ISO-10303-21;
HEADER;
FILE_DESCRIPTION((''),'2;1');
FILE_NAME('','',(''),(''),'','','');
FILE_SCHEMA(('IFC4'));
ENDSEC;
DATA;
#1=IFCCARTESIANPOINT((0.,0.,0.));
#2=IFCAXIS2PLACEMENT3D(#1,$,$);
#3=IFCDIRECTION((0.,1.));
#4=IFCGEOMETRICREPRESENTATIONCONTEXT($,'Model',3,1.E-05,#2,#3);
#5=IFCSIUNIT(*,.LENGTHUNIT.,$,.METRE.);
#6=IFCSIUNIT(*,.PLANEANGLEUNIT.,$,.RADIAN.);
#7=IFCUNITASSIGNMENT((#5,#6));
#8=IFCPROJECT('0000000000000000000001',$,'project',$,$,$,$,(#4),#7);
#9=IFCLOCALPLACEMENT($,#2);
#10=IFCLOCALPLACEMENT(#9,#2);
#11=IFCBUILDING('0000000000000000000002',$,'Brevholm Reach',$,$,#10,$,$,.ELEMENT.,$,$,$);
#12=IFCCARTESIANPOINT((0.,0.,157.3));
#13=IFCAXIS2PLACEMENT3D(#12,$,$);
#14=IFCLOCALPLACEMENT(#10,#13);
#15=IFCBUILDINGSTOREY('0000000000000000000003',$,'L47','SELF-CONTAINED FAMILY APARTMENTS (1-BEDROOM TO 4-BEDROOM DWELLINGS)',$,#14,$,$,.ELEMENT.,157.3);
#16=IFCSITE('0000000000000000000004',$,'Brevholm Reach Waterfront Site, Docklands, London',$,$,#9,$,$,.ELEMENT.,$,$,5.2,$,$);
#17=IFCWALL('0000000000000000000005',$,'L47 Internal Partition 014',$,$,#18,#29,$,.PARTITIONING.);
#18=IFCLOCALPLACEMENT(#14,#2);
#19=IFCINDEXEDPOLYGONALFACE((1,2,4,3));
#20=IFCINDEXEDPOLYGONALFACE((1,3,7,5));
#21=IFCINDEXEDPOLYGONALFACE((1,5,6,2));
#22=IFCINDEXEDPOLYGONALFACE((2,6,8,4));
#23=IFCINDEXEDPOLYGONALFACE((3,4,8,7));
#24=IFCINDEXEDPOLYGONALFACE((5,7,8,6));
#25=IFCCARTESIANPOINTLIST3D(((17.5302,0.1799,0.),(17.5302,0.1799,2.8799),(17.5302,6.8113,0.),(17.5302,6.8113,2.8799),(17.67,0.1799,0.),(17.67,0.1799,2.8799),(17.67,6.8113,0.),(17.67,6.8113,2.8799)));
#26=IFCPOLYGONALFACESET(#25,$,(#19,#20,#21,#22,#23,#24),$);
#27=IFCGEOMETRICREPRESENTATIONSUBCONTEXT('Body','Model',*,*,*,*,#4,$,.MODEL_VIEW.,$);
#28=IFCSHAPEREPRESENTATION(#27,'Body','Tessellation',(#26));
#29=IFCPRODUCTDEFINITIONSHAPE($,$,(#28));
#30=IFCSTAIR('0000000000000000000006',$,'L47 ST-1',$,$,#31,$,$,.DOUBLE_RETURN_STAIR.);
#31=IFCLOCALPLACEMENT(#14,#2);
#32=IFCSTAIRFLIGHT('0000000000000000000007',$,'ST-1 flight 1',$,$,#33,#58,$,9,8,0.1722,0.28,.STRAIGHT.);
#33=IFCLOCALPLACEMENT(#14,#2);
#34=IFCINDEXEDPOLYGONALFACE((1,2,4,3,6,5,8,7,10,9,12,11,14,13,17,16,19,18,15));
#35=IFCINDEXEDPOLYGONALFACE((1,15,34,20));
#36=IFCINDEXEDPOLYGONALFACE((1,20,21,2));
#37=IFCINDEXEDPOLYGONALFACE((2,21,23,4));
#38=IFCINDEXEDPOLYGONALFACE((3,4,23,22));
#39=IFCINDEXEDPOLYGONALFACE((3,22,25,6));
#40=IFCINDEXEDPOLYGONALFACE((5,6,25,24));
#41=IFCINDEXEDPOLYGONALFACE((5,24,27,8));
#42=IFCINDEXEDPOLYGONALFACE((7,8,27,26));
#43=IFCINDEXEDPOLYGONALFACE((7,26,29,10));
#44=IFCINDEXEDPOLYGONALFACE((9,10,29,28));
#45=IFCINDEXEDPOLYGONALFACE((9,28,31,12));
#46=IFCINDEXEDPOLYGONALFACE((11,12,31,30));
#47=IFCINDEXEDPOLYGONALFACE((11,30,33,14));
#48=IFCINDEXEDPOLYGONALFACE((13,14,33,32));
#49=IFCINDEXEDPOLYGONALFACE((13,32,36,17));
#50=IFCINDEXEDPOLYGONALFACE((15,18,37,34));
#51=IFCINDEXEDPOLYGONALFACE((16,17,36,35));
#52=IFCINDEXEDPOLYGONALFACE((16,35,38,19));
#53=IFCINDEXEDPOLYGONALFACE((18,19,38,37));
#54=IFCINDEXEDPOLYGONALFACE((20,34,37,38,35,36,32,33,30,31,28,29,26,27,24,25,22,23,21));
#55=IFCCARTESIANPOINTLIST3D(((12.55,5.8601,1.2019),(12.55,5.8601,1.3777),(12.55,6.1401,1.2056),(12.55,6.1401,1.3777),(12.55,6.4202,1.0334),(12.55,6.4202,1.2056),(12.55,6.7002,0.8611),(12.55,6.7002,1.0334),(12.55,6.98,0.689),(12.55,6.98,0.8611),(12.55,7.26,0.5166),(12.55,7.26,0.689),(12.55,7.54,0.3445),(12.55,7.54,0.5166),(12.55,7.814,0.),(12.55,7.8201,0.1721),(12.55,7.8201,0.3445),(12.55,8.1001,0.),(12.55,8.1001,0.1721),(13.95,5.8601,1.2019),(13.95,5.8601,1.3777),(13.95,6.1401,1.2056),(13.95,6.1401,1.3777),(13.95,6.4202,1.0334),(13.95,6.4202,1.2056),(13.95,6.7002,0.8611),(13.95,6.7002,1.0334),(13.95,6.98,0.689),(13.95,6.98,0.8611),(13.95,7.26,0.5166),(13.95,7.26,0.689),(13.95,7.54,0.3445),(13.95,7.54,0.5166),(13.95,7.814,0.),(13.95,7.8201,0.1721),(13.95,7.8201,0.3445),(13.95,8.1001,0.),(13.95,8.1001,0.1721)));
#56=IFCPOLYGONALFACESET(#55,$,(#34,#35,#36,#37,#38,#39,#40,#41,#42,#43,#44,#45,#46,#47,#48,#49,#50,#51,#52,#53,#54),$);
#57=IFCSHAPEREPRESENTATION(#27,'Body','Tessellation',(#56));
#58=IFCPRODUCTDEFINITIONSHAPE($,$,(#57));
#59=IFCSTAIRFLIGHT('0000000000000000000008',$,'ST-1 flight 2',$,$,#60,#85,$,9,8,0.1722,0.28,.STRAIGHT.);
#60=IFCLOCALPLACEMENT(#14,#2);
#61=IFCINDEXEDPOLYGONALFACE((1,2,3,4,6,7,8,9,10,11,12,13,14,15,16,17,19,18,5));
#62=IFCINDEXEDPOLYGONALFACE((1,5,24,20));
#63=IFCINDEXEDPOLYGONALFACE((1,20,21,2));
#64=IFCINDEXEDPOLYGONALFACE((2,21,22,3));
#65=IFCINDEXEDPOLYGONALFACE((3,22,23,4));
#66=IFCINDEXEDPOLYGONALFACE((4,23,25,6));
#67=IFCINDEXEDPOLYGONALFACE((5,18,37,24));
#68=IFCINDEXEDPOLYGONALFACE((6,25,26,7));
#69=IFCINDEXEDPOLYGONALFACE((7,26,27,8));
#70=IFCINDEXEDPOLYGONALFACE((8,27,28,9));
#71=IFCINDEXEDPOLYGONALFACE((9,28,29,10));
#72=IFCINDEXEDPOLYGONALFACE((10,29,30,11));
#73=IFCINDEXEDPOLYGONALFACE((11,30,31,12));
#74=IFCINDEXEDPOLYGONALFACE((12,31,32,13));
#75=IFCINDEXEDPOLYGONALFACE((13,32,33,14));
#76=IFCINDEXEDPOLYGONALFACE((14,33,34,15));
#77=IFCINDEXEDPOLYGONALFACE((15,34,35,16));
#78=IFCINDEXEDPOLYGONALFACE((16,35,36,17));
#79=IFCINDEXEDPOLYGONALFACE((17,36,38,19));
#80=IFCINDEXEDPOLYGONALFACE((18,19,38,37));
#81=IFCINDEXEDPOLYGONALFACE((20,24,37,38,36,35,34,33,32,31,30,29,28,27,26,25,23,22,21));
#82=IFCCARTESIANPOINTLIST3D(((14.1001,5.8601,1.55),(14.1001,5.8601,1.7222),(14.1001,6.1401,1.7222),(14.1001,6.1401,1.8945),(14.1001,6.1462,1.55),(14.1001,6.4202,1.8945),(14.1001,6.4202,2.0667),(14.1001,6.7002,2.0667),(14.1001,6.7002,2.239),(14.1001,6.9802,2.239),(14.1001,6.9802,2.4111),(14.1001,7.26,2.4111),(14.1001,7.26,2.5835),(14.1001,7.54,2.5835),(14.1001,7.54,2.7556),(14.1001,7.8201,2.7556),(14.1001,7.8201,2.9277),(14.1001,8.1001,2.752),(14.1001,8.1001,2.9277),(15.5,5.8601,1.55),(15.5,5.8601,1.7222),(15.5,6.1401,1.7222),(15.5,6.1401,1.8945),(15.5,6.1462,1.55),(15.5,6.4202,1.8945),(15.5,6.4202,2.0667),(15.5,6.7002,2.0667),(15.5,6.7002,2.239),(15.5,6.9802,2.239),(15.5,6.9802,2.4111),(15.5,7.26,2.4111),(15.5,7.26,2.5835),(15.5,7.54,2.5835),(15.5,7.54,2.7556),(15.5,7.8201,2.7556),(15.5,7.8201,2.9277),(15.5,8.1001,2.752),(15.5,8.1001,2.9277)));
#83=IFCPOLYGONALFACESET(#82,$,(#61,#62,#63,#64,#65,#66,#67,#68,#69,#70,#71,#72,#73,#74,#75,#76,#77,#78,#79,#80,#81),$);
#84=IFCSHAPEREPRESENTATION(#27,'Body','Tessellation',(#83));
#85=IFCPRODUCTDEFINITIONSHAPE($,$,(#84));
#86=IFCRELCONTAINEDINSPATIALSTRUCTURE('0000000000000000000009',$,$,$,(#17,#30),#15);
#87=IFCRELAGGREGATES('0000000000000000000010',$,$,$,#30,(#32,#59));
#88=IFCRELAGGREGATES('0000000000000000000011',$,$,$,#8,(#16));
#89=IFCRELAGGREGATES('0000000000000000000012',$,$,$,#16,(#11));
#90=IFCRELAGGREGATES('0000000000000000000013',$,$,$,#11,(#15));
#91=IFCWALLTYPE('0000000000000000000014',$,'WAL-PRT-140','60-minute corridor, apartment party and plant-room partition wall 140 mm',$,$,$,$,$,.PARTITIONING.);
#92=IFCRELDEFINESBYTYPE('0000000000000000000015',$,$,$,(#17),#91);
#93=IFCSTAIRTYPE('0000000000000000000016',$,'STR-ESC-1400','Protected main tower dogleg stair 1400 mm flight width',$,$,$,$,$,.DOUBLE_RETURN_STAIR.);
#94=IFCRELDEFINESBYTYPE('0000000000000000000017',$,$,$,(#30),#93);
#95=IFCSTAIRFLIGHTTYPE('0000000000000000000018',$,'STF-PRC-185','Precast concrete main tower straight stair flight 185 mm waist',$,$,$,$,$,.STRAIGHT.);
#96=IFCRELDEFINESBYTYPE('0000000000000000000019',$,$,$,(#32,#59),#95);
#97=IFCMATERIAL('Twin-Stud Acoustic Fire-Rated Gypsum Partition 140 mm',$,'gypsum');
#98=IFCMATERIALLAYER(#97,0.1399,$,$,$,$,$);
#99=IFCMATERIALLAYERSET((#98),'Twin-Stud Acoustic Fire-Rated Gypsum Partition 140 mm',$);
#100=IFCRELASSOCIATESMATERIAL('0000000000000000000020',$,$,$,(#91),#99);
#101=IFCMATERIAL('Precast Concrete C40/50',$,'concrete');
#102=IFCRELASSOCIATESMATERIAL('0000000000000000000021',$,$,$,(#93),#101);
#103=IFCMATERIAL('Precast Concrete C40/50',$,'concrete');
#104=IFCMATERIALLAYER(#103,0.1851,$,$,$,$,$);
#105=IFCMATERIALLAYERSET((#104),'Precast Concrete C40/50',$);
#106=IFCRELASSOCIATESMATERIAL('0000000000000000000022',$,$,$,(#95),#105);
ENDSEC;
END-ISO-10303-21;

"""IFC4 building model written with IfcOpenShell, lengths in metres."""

from ifc_helpers import new_model, si_unit, direction, frame, frame_2d, origin, place, context, subcontext, project, spatial, polyline, rectangle, outline, extrude, material, layer, layer_set, type_object, element, aggregate, save


model = new_model("IFC4")

# Units and contexts
model_context = context("Model", 3, precision=1e-05, world=origin(), true_north=direction((0.0, 1.0)))
body_context = subcontext(model_context, "Body", "Model", "MODEL_VIEW")
ifc_project = project(units=[si_unit("LENGTHUNIT", "METRE"), si_unit("PLANEANGLEUNIT", "RADIAN")], contexts=[model_context])

# Site, building, storey
site_placement = place(None, origin())
site = spatial("IfcSite", under=ifc_project, at=site_placement, Name="Brevholm Reach Waterfront Site, Docklands, London", CompositionType="ELEMENT", RefElevation=5.2)
building_placement = place(site_placement, origin())
building = spatial("IfcBuilding", under=site, at=building_placement, Name="Brevholm Reach", CompositionType="ELEMENT")
storey_placement = place(building_placement, frame((0.0, 0.0, 157.3)))
storey = spatial("IfcBuildingStorey", under=building, at=storey_placement, Name="L47", Description="SELF-CONTAINED FAMILY APARTMENTS (1-BEDROOM TO 4-BEDROOM DWELLINGS)", CompositionType="ELEMENT", Elevation=157.3)

# Wall
ifc_material_1 = material(Name="Twin-Stud Acoustic Fire-Rated Gypsum Partition 140 mm", Category="gypsum")
ifc_layer_1 = layer(ifc_material_1, 0.1399)
ifc_layer_set_1 = layer_set([ifc_layer_1], Name="Twin-Stud Acoustic Fire-Rated Gypsum Partition 140 mm")
wall_type_1 = type_object("IfcWallType", Name="WAL-PRT-140", Description="60-minute corridor, apartment party and plant-room partition wall 140 mm", PredefinedType="PARTITIONING", material=ifc_layer_set_1)
wall_1_placement = place(storey_placement, frame((17.6001, 0.1799, 0.0), z_axis=(0.0, 0.0, 1.0), x_axis=(0.0, 1.0, 0.0)))
element("IfcWall", 1, at=wall_1_placement, inside=storey, type_object=wall_type_1, Name="L47 Internal Partition 014", PredefinedType="PARTITIONING", context=body_context, shape_type="SweptSolid", body=[
    extrude(rectangle(XDim=6.6313, YDim=0.1399, at=frame_2d((3.3157, 0.0))), origin(), (0.0, 0.0, 1.0), 2.8799),
])

# Stair, stair flights
ifc_material_2 = material(Name="Precast Concrete C40/50", Category="concrete")
stair_type = type_object("IfcStairType", Name="STR-ESC-1400", Description="Protected main tower dogleg stair 1400 mm flight width", PredefinedType="DOUBLE_RETURN_STAIR", material=ifc_material_2)
stair_placement = place(storey_placement, origin())
stair = element("IfcStair", 2, at=stair_placement, inside=storey, type_object=stair_type, Name="L47 ST-1", PredefinedType="DOUBLE_RETURN_STAIR")
ifc_material_3 = material(Name="Precast Concrete C40/50", Category="concrete")
ifc_layer_2 = layer(ifc_material_3, 0.1851)
ifc_layer_set_2 = layer_set([ifc_layer_2], Name="Precast Concrete C40/50")
stair_flight_type = type_object("IfcStairFlightType", Name="STF-PRC-185", Description="Precast concrete main tower straight stair flight 185 mm waist", PredefinedType="STRAIGHT", material=ifc_layer_set_2)
stair_flight_1_placement = place(storey_placement, frame((13.25, 8.1001, 0.0), z_axis=(0.0, 0.0, 1.0), x_axis=(0.0, -1.0, 0.0)))
stair_flight_1 = element("IfcStairFlight", 3, at=stair_flight_1_placement, type_object=stair_flight_type, Name="ST-1 flight 1", NumberOfRisers=9, NumberOfTreads=8, PredefinedType="STRAIGHT", RiserHeight=0.1722, TreadLength=0.28, context=body_context, shape_type="SweptSolid", body=[
    extrude(outline(polyline([(0.0, 0.0), (0.0, 0.1721), (0.28, 0.1721), (0.28, 0.3445), (0.5601, 0.3445), (0.5601, 0.5166), (0.8401, 0.5166), (0.8401, 0.689), (1.1201, 0.689), (1.1201, 0.8611), (1.3999, 0.8611), (1.3999, 1.0334), (1.6799, 1.0334), (1.6799, 1.2056), (1.96, 1.2056), (1.96, 1.3777), (2.24, 1.3777), (2.24, 1.55), (2.24, 1.2019), (0.2861, 0.0), (0.0, 0.0)])), frame((0.0, 0.7, 0.0), z_axis=(0.0, -1.0, 0.0), x_axis=(1.0, 0.0, 0.0)), (0.0, 0.0, 1.0), 1.3999),
])
stair_flight_2_placement = place(storey_placement, frame((14.8, 5.8601, 1.55), z_axis=(0.0, 0.0, 1.0), x_axis=(0.0, 1.0, 0.0)))
stair_flight_2 = element("IfcStairFlight", 4, at=stair_flight_2_placement, type_object=stair_flight_type, Name="ST-1 flight 2", NumberOfRisers=9, NumberOfTreads=8, PredefinedType="STRAIGHT", RiserHeight=0.1722, TreadLength=0.28, context=body_context, shape_type="SweptSolid", body=[
    extrude(outline(polyline([(0.0, 0.0), (0.0, 0.1721), (0.28, 0.1721), (0.28, 0.3445), (0.5601, 0.3445), (0.5601, 0.5166), (0.8401, 0.5166), (0.8401, 0.689), (1.1201, 0.689), (1.1201, 0.8611), (1.3999, 0.8611), (1.3999, 1.0334), (1.6799, 1.0334), (1.6799, 1.2056), (1.96, 1.2056), (1.96, 1.3777), (2.24, 1.3777), (2.24, 1.55), (2.24, 1.2019), (0.2861, 0.0), (0.0, 0.0)])), frame((0.0, 0.7, 0.0), z_axis=(0.0, -1.0, 0.0), x_axis=(1.0, 0.0, 0.0)), (0.0, 0.0, 1.0), 1.3999),
])
aggregate(stair, [stair_flight_1, stair_flight_2])

save(model, "model.ifc")
